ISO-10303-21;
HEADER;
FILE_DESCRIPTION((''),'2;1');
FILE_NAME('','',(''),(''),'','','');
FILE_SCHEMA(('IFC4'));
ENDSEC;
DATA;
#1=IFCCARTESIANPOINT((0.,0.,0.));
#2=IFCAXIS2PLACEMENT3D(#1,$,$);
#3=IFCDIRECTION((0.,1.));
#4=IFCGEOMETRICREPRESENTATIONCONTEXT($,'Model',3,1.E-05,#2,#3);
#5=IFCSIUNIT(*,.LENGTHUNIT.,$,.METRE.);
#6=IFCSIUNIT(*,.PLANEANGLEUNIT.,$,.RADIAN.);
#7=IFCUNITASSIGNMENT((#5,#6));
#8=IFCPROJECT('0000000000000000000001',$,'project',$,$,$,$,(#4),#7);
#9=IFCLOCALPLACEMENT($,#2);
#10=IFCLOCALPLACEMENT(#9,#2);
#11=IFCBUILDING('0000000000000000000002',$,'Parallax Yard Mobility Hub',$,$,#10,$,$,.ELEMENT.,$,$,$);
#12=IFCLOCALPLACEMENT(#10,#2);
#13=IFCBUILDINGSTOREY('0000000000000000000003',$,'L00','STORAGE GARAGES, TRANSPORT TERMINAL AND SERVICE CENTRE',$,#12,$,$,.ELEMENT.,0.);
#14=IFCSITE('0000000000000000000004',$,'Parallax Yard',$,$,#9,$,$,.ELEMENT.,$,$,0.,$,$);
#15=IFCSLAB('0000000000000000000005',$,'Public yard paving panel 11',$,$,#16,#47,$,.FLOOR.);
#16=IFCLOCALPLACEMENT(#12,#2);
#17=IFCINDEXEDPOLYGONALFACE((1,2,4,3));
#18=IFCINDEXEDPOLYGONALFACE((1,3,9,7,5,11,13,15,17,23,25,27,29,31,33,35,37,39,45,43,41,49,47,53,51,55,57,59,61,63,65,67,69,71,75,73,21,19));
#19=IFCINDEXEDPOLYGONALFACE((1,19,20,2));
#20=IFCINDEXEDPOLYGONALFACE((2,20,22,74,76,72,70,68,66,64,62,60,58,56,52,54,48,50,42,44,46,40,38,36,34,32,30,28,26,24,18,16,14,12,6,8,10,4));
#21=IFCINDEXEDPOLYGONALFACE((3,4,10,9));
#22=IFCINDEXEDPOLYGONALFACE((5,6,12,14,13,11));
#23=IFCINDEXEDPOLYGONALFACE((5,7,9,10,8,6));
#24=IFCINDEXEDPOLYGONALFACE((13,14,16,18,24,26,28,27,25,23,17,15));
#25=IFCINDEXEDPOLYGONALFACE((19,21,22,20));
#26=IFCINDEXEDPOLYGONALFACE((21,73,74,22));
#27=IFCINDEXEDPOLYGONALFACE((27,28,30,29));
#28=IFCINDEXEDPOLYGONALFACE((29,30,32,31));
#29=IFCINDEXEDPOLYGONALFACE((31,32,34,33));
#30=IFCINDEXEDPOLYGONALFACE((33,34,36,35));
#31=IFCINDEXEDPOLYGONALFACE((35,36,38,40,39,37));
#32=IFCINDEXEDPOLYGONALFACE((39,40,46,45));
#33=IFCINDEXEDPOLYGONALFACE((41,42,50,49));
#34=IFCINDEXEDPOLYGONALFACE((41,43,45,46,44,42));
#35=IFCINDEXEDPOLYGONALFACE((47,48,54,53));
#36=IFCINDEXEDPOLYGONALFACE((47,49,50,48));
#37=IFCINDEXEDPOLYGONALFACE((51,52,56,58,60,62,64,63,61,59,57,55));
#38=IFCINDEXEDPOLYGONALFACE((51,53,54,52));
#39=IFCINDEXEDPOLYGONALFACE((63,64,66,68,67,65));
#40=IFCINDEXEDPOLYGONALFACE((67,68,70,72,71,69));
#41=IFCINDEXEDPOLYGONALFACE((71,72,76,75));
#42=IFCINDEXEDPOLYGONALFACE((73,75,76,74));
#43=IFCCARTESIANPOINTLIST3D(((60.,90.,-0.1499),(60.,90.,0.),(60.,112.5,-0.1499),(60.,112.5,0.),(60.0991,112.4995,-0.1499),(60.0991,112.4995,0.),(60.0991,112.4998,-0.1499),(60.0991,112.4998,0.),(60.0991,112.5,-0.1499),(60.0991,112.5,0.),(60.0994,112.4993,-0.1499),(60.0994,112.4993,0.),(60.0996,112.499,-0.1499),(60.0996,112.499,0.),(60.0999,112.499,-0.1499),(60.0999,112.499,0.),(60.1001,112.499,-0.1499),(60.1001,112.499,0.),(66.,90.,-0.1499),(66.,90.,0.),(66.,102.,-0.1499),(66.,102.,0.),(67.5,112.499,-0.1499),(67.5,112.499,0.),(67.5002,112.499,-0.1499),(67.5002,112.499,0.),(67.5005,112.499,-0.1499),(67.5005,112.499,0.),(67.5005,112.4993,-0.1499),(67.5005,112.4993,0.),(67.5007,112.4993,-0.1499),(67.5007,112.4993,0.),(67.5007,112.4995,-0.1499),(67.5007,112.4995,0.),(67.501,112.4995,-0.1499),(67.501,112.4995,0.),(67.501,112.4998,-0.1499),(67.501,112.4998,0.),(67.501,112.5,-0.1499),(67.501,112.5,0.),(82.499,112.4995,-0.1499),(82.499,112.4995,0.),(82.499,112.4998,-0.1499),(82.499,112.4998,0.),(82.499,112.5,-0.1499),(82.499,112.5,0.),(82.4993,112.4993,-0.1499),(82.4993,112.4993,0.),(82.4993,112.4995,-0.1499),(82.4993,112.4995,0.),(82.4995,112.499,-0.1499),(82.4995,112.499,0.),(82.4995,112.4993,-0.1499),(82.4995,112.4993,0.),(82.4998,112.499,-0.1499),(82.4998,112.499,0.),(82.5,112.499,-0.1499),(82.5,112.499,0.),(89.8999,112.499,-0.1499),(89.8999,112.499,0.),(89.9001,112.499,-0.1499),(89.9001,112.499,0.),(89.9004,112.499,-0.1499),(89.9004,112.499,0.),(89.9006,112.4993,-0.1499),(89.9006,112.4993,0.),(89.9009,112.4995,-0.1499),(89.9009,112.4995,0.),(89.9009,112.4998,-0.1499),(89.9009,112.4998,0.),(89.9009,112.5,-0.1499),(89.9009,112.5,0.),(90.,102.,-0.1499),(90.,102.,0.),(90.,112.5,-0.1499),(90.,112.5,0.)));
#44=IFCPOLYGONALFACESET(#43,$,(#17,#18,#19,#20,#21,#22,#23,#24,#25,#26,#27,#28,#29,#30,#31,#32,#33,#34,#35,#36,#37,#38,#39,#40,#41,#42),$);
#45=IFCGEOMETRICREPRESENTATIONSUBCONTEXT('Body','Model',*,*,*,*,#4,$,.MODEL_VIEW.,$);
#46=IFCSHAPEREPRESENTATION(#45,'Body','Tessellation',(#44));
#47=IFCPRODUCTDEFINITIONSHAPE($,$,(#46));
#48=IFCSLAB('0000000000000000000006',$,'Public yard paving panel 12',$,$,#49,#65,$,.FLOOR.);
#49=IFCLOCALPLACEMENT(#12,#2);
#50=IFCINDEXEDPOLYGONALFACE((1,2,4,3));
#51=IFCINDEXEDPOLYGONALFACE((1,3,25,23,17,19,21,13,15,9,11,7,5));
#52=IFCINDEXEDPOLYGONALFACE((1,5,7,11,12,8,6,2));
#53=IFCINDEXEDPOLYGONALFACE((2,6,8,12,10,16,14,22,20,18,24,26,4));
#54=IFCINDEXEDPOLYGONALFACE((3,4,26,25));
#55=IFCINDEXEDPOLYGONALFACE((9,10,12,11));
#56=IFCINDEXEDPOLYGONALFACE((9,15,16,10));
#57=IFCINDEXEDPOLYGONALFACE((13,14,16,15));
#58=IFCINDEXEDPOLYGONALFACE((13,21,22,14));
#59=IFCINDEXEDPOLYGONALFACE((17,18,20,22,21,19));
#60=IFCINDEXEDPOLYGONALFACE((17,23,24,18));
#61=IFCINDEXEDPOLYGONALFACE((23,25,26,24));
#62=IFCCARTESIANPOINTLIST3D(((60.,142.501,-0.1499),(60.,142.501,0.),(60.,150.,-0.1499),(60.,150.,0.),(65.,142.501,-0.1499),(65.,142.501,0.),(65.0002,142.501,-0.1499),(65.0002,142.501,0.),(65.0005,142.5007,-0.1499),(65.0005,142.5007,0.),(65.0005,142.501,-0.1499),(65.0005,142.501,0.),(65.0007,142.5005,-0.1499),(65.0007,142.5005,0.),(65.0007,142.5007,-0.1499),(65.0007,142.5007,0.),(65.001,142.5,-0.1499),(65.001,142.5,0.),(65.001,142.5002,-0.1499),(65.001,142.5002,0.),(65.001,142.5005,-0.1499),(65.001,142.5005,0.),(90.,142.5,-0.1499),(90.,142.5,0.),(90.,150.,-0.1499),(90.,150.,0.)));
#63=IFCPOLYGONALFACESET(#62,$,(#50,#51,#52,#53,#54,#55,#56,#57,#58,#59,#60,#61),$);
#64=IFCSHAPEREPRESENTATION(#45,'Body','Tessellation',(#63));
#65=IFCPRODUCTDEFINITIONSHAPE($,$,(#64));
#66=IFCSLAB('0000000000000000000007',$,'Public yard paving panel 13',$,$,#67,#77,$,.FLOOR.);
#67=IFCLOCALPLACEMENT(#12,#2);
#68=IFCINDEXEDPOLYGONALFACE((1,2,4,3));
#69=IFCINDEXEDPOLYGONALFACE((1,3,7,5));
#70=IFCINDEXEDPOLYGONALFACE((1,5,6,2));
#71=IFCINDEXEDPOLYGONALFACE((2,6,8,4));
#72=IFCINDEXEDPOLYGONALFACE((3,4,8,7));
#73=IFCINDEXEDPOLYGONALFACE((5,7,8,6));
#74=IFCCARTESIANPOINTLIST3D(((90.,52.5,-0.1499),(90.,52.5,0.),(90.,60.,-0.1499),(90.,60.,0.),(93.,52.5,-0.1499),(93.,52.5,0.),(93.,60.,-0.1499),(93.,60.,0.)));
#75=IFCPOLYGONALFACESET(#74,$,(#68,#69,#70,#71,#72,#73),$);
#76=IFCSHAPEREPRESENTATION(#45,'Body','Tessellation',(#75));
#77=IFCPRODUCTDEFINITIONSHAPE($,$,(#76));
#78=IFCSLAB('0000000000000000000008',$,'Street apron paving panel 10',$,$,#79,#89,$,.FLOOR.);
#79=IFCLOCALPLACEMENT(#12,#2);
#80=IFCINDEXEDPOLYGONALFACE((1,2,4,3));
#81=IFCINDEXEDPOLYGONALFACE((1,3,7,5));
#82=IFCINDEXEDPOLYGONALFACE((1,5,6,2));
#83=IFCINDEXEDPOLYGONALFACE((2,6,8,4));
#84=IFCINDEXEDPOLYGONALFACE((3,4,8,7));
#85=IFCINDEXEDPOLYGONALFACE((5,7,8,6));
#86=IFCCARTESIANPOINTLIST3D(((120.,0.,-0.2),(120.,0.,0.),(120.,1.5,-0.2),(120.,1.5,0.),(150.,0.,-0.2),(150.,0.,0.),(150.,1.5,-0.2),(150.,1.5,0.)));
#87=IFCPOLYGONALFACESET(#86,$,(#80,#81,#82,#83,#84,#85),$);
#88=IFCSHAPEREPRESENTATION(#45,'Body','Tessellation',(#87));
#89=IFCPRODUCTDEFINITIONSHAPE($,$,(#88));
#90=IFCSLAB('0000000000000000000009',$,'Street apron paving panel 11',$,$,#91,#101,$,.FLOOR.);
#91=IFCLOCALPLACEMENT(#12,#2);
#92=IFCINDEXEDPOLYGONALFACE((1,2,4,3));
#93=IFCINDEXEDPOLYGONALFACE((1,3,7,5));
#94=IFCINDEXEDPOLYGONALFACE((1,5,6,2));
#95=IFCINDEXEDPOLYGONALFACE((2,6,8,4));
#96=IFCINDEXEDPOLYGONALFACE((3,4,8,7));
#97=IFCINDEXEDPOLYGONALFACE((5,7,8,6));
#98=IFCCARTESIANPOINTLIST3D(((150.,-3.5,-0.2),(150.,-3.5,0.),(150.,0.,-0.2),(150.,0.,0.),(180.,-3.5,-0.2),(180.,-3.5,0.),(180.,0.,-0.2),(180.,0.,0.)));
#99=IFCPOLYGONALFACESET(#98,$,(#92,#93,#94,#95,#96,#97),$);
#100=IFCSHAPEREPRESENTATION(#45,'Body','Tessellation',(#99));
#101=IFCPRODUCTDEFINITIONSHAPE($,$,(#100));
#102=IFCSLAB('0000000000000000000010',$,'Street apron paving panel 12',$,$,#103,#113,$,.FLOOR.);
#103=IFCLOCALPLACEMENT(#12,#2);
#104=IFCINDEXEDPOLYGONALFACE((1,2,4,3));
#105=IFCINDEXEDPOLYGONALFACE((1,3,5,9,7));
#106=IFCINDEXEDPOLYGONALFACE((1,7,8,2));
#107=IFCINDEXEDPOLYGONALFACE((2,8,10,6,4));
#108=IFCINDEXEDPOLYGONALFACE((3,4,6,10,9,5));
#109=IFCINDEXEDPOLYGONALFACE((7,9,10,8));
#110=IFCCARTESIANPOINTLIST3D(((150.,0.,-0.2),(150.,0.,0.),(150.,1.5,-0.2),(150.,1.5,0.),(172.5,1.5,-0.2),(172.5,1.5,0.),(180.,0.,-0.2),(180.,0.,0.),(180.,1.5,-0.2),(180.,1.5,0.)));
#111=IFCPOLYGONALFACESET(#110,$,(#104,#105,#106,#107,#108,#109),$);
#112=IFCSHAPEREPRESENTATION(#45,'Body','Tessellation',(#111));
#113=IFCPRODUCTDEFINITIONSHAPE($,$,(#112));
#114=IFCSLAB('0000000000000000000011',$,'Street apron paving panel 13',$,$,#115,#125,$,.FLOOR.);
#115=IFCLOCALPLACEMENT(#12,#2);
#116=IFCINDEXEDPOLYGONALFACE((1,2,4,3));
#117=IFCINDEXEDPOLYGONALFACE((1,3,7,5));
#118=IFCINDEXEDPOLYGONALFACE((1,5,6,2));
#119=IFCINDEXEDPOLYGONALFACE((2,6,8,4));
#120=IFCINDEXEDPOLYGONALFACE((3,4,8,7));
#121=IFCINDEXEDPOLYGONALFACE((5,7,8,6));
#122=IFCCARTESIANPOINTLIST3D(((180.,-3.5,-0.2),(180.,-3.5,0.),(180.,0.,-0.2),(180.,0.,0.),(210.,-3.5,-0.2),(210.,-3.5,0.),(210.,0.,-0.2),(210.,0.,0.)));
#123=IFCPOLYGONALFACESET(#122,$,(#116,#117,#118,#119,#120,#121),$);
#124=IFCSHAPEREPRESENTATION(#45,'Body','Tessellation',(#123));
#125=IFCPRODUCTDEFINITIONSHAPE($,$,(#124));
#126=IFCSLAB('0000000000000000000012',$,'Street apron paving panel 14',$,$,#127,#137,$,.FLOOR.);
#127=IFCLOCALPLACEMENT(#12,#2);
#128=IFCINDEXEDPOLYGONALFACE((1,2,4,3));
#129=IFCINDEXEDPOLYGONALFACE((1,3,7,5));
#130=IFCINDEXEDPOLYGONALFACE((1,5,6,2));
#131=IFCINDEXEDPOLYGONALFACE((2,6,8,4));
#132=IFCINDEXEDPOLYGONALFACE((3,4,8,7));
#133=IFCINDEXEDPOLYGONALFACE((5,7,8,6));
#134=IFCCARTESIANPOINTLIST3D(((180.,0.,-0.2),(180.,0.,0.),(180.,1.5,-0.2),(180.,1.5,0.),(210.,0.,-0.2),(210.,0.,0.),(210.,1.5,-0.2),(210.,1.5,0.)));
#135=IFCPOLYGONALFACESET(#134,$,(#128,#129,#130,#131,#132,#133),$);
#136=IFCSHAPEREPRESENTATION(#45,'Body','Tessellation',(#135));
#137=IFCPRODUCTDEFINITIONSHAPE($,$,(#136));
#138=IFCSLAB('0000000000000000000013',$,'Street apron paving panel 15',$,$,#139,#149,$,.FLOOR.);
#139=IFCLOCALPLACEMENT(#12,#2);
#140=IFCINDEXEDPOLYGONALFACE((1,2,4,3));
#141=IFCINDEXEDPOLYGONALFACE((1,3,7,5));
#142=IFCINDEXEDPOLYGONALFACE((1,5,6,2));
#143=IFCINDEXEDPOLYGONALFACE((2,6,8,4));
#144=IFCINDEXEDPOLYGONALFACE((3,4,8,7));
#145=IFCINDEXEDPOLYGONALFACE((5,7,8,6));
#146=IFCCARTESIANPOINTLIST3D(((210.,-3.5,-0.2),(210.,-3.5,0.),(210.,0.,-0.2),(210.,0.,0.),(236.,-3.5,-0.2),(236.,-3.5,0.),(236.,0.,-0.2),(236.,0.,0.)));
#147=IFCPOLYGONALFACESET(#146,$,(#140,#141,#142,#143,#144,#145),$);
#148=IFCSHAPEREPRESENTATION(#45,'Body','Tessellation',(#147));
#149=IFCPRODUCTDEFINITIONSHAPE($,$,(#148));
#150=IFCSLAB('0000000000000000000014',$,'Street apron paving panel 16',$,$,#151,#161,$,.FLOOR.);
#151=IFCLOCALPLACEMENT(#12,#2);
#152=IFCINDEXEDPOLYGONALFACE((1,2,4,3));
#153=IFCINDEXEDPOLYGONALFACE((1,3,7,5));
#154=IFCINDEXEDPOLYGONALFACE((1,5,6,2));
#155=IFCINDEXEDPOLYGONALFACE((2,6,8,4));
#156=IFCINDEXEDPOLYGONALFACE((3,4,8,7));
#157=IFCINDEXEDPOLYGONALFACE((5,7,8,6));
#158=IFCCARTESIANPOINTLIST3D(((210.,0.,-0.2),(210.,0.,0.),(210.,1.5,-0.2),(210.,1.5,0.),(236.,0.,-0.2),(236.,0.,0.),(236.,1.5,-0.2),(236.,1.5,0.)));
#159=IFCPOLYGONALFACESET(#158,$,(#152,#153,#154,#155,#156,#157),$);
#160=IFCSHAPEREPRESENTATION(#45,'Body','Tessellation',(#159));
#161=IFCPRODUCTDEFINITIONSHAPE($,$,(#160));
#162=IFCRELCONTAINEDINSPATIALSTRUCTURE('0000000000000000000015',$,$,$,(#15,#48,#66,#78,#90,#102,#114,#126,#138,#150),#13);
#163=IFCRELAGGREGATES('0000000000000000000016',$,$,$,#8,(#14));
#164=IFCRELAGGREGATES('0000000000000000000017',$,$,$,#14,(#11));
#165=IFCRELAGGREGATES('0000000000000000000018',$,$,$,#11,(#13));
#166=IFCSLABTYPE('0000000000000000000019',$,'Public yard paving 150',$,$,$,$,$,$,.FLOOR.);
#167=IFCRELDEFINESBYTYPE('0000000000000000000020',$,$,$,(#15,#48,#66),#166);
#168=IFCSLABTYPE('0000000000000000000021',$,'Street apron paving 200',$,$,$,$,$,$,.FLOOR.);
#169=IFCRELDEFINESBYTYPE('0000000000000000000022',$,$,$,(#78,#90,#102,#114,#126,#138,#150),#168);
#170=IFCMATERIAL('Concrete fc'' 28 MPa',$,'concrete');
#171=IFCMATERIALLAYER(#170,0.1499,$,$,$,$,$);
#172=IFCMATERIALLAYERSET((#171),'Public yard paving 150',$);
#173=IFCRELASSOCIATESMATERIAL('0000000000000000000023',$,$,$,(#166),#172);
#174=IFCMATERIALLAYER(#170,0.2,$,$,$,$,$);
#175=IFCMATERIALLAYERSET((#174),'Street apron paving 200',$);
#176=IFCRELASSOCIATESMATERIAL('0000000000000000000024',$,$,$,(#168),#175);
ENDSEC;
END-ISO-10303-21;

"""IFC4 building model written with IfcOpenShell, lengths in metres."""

from ifc_helpers import new_model, si_unit, direction, frame, origin, place, context, subcontext, project, spatial, polyline, outline, extrude, material, layer, layer_set, type_object, element, save


model = new_model("IFC4")

# Units and contexts
model_context = context("Model", 3, precision=1e-05, world=origin(), true_north=direction((0.0, 1.0)))
body_context = subcontext(model_context, "Body", "Model", "MODEL_VIEW")
ifc_project = project(units=[si_unit("LENGTHUNIT", "METRE"), si_unit("PLANEANGLEUNIT", "RADIAN")], contexts=[model_context])

# Site, building, storey
site_placement = place(None, origin())
site = spatial("IfcSite", under=ifc_project, at=site_placement, Name="Parallax Yard", CompositionType="ELEMENT", RefElevation=0.0)
building_placement = place(site_placement, origin())
building = spatial("IfcBuilding", under=site, at=building_placement, Name="Parallax Yard Mobility Hub", CompositionType="ELEMENT")
storey_placement = place(building_placement, origin())
storey = spatial("IfcBuildingStorey", under=building, at=storey_placement, Name="L00", Description="STORAGE GARAGES, TRANSPORT TERMINAL AND SERVICE CENTRE", CompositionType="ELEMENT", Elevation=0.0)

# Slabs
ifc_material = material(Name="Concrete fc' 28 MPa", Category="concrete")
ifc_layer_1 = layer(ifc_material, 0.1499)
ifc_layer_set_1 = layer_set([ifc_layer_1], Name="Public yard paving 150")
slab_type_1 = type_object("IfcSlabType", Name="Public yard paving 150", PredefinedType="FLOOR", material=ifc_layer_set_1)
slab_1_placement = place(storey_placement, frame((0.0, 0.0, -0.1499)))
element("IfcSlab", 1, at=slab_1_placement, inside=storey, type_object=slab_type_1, Name="Public yard paving panel 11", PredefinedType="FLOOR", context=body_context, shape_type="SweptSolid", body=[
    extrude(outline(polyline([(60.0991, 112.5), (60.0991, 112.5), (60.0991, 112.4998), (60.0991, 112.4998), (60.0991, 112.4995), (60.0991, 112.4995), (60.0991, 112.4995), (60.0991, 112.4995), (60.0994, 112.4993), (60.0994, 112.4993), (60.0994, 112.4993), (60.0996, 112.499), (60.0996, 112.499), (60.0996, 112.499), (60.0999, 112.499), (60.0999, 112.499), (60.1001, 112.499), (67.5, 112.499), (67.5, 112.499), (67.5002, 112.499), (67.5002, 112.499), (67.5005, 112.499), (67.5005, 112.499), (67.5005, 112.4993), (67.5005, 112.4993), (67.5007, 112.4993), (67.5007, 112.4995), (67.5007, 112.4995), (67.501, 112.4995), (67.501, 112.4995), (67.501, 112.4998), (67.501, 112.4998), (67.501, 112.5), (67.501, 112.5), (82.499, 112.5), (82.499, 112.5), (82.499, 112.4998), (82.499, 112.4998), (82.499, 112.4995), (82.499, 112.4995), (82.4993, 112.4995), (82.4993, 112.4995), (82.4993, 112.4993), (82.4995, 112.4993), (82.4995, 112.4993), (82.4995, 112.499), (82.4995, 112.499), (82.4998, 112.499), (82.4998, 112.499), (82.5, 112.499), (82.5, 112.499), (89.8999, 112.499), (89.9001, 112.499), (89.9001, 112.499), (89.9004, 112.499), (89.9004, 112.499), (89.9004, 112.499), (89.9006, 112.4993), (89.9006, 112.4993), (89.9006, 112.4993), (89.9009, 112.4995), (89.9009, 112.4995), (89.9009, 112.4995), (89.9009, 112.4995), (89.9009, 112.4998), (89.9009, 112.4998), (89.9009, 112.5), (89.9009, 112.5), (90.0, 112.5), (90.0, 102.0), (66.0, 102.0), (66.0, 90.0), (60.0, 90.0), (60.0, 112.5), (60.0991, 112.5)])), origin(), (0.0, 0.0, 1.0), 0.1499),
])
slab_2_placement = place(storey_placement, frame((0.0, 0.0, -0.1499)))
element("IfcSlab", 2, at=slab_2_placement, inside=storey, type_object=slab_type_1, Name="Public yard paving panel 12", PredefinedType="FLOOR", context=body_context, shape_type="SweptSolid", body=[
    extrude(outline(polyline([(90.0, 150.0), (90.0, 142.5), (65.001, 142.5), (65.001, 142.5), (65.001, 142.5002), (65.001, 142.5002), (65.001, 142.5005), (65.001, 142.5005), (65.0007, 142.5005), (65.0007, 142.5005), (65.0007, 142.5007), (65.0005, 142.5007), (65.0005, 142.5007), (65.0005, 142.501), (65.0005, 142.501), (65.0002, 142.501), (65.0002, 142.501), (65.0, 142.501), (65.0, 142.501), (60.0, 142.501), (60.0, 150.0), (90.0, 150.0)])), origin(), (0.0, 0.0, 1.0), 0.1499),
])
slab_3_placement = place(storey_placement, frame((0.0, 0.0, -0.1499)))
element("IfcSlab", 3, at=slab_3_placement, inside=storey, type_object=slab_type_1, Name="Public yard paving panel 13", PredefinedType="FLOOR", context=body_context, shape_type="SweptSolid", body=[
    extrude(outline(polyline([(93.0, 52.5), (90.0, 52.5), (90.0, 60.0), (93.0, 60.0), (93.0, 52.5)])), origin(), (0.0, 0.0, 1.0), 0.1499),
])
ifc_layer_2 = layer(ifc_material, 0.2)
ifc_layer_set_2 = layer_set([ifc_layer_2], Name="Street apron paving 200")
slab_type_2 = type_object("IfcSlabType", Name="Street apron paving 200", PredefinedType="FLOOR", material=ifc_layer_set_2)
slab_4_placement = place(storey_placement, frame((0.0, 0.0, -0.2)))
element("IfcSlab", 4, at=slab_4_placement, inside=storey, type_object=slab_type_2, Name="Street apron paving panel 10", PredefinedType="FLOOR", context=body_context, shape_type="SweptSolid", body=[
    extrude(outline(polyline([(150.0, 1.5), (150.0, 0.0), (120.0, 0.0), (120.0, 1.5), (150.0, 1.5)])), origin(), (0.0, 0.0, 1.0), 0.2),
])
slab_5_placement = place(storey_placement, frame((0.0, 0.0, -0.2)))
element("IfcSlab", 5, at=slab_5_placement, inside=storey, type_object=slab_type_2, Name="Street apron paving panel 11", PredefinedType="FLOOR", context=body_context, shape_type="SweptSolid", body=[
    extrude(outline(polyline([(150.0, -3.5), (150.0, 0.0), (180.0, 0.0), (180.0, -3.5), (150.0, -3.5)])), origin(), (0.0, 0.0, 1.0), 0.2),
])
slab_6_placement = place(storey_placement, frame((0.0, 0.0, -0.2)))
element("IfcSlab", 6, at=slab_6_placement, inside=storey, type_object=slab_type_2, Name="Street apron paving panel 12", PredefinedType="FLOOR", context=body_context, shape_type="SweptSolid", body=[
    extrude(outline(polyline([(172.5, 1.5), (180.0, 1.5), (180.0, 0.0), (150.0, 0.0), (150.0, 1.5), (172.5, 1.5)])), origin(), (0.0, 0.0, 1.0), 0.2),
])
slab_7_placement = place(storey_placement, frame((0.0, 0.0, -0.2)))
element("IfcSlab", 7, at=slab_7_placement, inside=storey, type_object=slab_type_2, Name="Street apron paving panel 13", PredefinedType="FLOOR", context=body_context, shape_type="SweptSolid", body=[
    extrude(outline(polyline([(180.0, -3.5), (180.0, 0.0), (210.0, 0.0), (210.0, -3.5), (180.0, -3.5)])), origin(), (0.0, 0.0, 1.0), 0.2),
])
slab_8_placement = place(storey_placement, frame((0.0, 0.0, -0.2)))
element("IfcSlab", 8, at=slab_8_placement, inside=storey, type_object=slab_type_2, Name="Street apron paving panel 14", PredefinedType="FLOOR", context=body_context, shape_type="SweptSolid", body=[
    extrude(outline(polyline([(210.0, 1.5), (210.0, 0.0), (180.0, 0.0), (180.0, 1.5), (210.0, 1.5)])), origin(), (0.0, 0.0, 1.0), 0.2),
])
slab_9_placement = place(storey_placement, frame((0.0, 0.0, -0.2)))
element("IfcSlab", 9, at=slab_9_placement, inside=storey, type_object=slab_type_2, Name="Street apron paving panel 15", PredefinedType="FLOOR", context=body_context, shape_type="SweptSolid", body=[
    extrude(outline(polyline([(236.0, -3.5), (210.0, -3.5), (210.0, 0.0), (236.0, 0.0), (236.0, -3.5)])), origin(), (0.0, 0.0, 1.0), 0.2),
])
slab_10_placement = place(storey_placement, frame((0.0, 0.0, -0.2)))
element("IfcSlab", 10, at=slab_10_placement, inside=storey, type_object=slab_type_2, Name="Street apron paving panel 16", PredefinedType="FLOOR", context=body_context, shape_type="SweptSolid", body=[
    extrude(outline(polyline([(236.0, 1.5), (236.0, 0.0), (210.0, 0.0), (210.0, 1.5), (236.0, 1.5)])), origin(), (0.0, 0.0, 1.0), 0.2),
])

save(model, "model.ifc")
